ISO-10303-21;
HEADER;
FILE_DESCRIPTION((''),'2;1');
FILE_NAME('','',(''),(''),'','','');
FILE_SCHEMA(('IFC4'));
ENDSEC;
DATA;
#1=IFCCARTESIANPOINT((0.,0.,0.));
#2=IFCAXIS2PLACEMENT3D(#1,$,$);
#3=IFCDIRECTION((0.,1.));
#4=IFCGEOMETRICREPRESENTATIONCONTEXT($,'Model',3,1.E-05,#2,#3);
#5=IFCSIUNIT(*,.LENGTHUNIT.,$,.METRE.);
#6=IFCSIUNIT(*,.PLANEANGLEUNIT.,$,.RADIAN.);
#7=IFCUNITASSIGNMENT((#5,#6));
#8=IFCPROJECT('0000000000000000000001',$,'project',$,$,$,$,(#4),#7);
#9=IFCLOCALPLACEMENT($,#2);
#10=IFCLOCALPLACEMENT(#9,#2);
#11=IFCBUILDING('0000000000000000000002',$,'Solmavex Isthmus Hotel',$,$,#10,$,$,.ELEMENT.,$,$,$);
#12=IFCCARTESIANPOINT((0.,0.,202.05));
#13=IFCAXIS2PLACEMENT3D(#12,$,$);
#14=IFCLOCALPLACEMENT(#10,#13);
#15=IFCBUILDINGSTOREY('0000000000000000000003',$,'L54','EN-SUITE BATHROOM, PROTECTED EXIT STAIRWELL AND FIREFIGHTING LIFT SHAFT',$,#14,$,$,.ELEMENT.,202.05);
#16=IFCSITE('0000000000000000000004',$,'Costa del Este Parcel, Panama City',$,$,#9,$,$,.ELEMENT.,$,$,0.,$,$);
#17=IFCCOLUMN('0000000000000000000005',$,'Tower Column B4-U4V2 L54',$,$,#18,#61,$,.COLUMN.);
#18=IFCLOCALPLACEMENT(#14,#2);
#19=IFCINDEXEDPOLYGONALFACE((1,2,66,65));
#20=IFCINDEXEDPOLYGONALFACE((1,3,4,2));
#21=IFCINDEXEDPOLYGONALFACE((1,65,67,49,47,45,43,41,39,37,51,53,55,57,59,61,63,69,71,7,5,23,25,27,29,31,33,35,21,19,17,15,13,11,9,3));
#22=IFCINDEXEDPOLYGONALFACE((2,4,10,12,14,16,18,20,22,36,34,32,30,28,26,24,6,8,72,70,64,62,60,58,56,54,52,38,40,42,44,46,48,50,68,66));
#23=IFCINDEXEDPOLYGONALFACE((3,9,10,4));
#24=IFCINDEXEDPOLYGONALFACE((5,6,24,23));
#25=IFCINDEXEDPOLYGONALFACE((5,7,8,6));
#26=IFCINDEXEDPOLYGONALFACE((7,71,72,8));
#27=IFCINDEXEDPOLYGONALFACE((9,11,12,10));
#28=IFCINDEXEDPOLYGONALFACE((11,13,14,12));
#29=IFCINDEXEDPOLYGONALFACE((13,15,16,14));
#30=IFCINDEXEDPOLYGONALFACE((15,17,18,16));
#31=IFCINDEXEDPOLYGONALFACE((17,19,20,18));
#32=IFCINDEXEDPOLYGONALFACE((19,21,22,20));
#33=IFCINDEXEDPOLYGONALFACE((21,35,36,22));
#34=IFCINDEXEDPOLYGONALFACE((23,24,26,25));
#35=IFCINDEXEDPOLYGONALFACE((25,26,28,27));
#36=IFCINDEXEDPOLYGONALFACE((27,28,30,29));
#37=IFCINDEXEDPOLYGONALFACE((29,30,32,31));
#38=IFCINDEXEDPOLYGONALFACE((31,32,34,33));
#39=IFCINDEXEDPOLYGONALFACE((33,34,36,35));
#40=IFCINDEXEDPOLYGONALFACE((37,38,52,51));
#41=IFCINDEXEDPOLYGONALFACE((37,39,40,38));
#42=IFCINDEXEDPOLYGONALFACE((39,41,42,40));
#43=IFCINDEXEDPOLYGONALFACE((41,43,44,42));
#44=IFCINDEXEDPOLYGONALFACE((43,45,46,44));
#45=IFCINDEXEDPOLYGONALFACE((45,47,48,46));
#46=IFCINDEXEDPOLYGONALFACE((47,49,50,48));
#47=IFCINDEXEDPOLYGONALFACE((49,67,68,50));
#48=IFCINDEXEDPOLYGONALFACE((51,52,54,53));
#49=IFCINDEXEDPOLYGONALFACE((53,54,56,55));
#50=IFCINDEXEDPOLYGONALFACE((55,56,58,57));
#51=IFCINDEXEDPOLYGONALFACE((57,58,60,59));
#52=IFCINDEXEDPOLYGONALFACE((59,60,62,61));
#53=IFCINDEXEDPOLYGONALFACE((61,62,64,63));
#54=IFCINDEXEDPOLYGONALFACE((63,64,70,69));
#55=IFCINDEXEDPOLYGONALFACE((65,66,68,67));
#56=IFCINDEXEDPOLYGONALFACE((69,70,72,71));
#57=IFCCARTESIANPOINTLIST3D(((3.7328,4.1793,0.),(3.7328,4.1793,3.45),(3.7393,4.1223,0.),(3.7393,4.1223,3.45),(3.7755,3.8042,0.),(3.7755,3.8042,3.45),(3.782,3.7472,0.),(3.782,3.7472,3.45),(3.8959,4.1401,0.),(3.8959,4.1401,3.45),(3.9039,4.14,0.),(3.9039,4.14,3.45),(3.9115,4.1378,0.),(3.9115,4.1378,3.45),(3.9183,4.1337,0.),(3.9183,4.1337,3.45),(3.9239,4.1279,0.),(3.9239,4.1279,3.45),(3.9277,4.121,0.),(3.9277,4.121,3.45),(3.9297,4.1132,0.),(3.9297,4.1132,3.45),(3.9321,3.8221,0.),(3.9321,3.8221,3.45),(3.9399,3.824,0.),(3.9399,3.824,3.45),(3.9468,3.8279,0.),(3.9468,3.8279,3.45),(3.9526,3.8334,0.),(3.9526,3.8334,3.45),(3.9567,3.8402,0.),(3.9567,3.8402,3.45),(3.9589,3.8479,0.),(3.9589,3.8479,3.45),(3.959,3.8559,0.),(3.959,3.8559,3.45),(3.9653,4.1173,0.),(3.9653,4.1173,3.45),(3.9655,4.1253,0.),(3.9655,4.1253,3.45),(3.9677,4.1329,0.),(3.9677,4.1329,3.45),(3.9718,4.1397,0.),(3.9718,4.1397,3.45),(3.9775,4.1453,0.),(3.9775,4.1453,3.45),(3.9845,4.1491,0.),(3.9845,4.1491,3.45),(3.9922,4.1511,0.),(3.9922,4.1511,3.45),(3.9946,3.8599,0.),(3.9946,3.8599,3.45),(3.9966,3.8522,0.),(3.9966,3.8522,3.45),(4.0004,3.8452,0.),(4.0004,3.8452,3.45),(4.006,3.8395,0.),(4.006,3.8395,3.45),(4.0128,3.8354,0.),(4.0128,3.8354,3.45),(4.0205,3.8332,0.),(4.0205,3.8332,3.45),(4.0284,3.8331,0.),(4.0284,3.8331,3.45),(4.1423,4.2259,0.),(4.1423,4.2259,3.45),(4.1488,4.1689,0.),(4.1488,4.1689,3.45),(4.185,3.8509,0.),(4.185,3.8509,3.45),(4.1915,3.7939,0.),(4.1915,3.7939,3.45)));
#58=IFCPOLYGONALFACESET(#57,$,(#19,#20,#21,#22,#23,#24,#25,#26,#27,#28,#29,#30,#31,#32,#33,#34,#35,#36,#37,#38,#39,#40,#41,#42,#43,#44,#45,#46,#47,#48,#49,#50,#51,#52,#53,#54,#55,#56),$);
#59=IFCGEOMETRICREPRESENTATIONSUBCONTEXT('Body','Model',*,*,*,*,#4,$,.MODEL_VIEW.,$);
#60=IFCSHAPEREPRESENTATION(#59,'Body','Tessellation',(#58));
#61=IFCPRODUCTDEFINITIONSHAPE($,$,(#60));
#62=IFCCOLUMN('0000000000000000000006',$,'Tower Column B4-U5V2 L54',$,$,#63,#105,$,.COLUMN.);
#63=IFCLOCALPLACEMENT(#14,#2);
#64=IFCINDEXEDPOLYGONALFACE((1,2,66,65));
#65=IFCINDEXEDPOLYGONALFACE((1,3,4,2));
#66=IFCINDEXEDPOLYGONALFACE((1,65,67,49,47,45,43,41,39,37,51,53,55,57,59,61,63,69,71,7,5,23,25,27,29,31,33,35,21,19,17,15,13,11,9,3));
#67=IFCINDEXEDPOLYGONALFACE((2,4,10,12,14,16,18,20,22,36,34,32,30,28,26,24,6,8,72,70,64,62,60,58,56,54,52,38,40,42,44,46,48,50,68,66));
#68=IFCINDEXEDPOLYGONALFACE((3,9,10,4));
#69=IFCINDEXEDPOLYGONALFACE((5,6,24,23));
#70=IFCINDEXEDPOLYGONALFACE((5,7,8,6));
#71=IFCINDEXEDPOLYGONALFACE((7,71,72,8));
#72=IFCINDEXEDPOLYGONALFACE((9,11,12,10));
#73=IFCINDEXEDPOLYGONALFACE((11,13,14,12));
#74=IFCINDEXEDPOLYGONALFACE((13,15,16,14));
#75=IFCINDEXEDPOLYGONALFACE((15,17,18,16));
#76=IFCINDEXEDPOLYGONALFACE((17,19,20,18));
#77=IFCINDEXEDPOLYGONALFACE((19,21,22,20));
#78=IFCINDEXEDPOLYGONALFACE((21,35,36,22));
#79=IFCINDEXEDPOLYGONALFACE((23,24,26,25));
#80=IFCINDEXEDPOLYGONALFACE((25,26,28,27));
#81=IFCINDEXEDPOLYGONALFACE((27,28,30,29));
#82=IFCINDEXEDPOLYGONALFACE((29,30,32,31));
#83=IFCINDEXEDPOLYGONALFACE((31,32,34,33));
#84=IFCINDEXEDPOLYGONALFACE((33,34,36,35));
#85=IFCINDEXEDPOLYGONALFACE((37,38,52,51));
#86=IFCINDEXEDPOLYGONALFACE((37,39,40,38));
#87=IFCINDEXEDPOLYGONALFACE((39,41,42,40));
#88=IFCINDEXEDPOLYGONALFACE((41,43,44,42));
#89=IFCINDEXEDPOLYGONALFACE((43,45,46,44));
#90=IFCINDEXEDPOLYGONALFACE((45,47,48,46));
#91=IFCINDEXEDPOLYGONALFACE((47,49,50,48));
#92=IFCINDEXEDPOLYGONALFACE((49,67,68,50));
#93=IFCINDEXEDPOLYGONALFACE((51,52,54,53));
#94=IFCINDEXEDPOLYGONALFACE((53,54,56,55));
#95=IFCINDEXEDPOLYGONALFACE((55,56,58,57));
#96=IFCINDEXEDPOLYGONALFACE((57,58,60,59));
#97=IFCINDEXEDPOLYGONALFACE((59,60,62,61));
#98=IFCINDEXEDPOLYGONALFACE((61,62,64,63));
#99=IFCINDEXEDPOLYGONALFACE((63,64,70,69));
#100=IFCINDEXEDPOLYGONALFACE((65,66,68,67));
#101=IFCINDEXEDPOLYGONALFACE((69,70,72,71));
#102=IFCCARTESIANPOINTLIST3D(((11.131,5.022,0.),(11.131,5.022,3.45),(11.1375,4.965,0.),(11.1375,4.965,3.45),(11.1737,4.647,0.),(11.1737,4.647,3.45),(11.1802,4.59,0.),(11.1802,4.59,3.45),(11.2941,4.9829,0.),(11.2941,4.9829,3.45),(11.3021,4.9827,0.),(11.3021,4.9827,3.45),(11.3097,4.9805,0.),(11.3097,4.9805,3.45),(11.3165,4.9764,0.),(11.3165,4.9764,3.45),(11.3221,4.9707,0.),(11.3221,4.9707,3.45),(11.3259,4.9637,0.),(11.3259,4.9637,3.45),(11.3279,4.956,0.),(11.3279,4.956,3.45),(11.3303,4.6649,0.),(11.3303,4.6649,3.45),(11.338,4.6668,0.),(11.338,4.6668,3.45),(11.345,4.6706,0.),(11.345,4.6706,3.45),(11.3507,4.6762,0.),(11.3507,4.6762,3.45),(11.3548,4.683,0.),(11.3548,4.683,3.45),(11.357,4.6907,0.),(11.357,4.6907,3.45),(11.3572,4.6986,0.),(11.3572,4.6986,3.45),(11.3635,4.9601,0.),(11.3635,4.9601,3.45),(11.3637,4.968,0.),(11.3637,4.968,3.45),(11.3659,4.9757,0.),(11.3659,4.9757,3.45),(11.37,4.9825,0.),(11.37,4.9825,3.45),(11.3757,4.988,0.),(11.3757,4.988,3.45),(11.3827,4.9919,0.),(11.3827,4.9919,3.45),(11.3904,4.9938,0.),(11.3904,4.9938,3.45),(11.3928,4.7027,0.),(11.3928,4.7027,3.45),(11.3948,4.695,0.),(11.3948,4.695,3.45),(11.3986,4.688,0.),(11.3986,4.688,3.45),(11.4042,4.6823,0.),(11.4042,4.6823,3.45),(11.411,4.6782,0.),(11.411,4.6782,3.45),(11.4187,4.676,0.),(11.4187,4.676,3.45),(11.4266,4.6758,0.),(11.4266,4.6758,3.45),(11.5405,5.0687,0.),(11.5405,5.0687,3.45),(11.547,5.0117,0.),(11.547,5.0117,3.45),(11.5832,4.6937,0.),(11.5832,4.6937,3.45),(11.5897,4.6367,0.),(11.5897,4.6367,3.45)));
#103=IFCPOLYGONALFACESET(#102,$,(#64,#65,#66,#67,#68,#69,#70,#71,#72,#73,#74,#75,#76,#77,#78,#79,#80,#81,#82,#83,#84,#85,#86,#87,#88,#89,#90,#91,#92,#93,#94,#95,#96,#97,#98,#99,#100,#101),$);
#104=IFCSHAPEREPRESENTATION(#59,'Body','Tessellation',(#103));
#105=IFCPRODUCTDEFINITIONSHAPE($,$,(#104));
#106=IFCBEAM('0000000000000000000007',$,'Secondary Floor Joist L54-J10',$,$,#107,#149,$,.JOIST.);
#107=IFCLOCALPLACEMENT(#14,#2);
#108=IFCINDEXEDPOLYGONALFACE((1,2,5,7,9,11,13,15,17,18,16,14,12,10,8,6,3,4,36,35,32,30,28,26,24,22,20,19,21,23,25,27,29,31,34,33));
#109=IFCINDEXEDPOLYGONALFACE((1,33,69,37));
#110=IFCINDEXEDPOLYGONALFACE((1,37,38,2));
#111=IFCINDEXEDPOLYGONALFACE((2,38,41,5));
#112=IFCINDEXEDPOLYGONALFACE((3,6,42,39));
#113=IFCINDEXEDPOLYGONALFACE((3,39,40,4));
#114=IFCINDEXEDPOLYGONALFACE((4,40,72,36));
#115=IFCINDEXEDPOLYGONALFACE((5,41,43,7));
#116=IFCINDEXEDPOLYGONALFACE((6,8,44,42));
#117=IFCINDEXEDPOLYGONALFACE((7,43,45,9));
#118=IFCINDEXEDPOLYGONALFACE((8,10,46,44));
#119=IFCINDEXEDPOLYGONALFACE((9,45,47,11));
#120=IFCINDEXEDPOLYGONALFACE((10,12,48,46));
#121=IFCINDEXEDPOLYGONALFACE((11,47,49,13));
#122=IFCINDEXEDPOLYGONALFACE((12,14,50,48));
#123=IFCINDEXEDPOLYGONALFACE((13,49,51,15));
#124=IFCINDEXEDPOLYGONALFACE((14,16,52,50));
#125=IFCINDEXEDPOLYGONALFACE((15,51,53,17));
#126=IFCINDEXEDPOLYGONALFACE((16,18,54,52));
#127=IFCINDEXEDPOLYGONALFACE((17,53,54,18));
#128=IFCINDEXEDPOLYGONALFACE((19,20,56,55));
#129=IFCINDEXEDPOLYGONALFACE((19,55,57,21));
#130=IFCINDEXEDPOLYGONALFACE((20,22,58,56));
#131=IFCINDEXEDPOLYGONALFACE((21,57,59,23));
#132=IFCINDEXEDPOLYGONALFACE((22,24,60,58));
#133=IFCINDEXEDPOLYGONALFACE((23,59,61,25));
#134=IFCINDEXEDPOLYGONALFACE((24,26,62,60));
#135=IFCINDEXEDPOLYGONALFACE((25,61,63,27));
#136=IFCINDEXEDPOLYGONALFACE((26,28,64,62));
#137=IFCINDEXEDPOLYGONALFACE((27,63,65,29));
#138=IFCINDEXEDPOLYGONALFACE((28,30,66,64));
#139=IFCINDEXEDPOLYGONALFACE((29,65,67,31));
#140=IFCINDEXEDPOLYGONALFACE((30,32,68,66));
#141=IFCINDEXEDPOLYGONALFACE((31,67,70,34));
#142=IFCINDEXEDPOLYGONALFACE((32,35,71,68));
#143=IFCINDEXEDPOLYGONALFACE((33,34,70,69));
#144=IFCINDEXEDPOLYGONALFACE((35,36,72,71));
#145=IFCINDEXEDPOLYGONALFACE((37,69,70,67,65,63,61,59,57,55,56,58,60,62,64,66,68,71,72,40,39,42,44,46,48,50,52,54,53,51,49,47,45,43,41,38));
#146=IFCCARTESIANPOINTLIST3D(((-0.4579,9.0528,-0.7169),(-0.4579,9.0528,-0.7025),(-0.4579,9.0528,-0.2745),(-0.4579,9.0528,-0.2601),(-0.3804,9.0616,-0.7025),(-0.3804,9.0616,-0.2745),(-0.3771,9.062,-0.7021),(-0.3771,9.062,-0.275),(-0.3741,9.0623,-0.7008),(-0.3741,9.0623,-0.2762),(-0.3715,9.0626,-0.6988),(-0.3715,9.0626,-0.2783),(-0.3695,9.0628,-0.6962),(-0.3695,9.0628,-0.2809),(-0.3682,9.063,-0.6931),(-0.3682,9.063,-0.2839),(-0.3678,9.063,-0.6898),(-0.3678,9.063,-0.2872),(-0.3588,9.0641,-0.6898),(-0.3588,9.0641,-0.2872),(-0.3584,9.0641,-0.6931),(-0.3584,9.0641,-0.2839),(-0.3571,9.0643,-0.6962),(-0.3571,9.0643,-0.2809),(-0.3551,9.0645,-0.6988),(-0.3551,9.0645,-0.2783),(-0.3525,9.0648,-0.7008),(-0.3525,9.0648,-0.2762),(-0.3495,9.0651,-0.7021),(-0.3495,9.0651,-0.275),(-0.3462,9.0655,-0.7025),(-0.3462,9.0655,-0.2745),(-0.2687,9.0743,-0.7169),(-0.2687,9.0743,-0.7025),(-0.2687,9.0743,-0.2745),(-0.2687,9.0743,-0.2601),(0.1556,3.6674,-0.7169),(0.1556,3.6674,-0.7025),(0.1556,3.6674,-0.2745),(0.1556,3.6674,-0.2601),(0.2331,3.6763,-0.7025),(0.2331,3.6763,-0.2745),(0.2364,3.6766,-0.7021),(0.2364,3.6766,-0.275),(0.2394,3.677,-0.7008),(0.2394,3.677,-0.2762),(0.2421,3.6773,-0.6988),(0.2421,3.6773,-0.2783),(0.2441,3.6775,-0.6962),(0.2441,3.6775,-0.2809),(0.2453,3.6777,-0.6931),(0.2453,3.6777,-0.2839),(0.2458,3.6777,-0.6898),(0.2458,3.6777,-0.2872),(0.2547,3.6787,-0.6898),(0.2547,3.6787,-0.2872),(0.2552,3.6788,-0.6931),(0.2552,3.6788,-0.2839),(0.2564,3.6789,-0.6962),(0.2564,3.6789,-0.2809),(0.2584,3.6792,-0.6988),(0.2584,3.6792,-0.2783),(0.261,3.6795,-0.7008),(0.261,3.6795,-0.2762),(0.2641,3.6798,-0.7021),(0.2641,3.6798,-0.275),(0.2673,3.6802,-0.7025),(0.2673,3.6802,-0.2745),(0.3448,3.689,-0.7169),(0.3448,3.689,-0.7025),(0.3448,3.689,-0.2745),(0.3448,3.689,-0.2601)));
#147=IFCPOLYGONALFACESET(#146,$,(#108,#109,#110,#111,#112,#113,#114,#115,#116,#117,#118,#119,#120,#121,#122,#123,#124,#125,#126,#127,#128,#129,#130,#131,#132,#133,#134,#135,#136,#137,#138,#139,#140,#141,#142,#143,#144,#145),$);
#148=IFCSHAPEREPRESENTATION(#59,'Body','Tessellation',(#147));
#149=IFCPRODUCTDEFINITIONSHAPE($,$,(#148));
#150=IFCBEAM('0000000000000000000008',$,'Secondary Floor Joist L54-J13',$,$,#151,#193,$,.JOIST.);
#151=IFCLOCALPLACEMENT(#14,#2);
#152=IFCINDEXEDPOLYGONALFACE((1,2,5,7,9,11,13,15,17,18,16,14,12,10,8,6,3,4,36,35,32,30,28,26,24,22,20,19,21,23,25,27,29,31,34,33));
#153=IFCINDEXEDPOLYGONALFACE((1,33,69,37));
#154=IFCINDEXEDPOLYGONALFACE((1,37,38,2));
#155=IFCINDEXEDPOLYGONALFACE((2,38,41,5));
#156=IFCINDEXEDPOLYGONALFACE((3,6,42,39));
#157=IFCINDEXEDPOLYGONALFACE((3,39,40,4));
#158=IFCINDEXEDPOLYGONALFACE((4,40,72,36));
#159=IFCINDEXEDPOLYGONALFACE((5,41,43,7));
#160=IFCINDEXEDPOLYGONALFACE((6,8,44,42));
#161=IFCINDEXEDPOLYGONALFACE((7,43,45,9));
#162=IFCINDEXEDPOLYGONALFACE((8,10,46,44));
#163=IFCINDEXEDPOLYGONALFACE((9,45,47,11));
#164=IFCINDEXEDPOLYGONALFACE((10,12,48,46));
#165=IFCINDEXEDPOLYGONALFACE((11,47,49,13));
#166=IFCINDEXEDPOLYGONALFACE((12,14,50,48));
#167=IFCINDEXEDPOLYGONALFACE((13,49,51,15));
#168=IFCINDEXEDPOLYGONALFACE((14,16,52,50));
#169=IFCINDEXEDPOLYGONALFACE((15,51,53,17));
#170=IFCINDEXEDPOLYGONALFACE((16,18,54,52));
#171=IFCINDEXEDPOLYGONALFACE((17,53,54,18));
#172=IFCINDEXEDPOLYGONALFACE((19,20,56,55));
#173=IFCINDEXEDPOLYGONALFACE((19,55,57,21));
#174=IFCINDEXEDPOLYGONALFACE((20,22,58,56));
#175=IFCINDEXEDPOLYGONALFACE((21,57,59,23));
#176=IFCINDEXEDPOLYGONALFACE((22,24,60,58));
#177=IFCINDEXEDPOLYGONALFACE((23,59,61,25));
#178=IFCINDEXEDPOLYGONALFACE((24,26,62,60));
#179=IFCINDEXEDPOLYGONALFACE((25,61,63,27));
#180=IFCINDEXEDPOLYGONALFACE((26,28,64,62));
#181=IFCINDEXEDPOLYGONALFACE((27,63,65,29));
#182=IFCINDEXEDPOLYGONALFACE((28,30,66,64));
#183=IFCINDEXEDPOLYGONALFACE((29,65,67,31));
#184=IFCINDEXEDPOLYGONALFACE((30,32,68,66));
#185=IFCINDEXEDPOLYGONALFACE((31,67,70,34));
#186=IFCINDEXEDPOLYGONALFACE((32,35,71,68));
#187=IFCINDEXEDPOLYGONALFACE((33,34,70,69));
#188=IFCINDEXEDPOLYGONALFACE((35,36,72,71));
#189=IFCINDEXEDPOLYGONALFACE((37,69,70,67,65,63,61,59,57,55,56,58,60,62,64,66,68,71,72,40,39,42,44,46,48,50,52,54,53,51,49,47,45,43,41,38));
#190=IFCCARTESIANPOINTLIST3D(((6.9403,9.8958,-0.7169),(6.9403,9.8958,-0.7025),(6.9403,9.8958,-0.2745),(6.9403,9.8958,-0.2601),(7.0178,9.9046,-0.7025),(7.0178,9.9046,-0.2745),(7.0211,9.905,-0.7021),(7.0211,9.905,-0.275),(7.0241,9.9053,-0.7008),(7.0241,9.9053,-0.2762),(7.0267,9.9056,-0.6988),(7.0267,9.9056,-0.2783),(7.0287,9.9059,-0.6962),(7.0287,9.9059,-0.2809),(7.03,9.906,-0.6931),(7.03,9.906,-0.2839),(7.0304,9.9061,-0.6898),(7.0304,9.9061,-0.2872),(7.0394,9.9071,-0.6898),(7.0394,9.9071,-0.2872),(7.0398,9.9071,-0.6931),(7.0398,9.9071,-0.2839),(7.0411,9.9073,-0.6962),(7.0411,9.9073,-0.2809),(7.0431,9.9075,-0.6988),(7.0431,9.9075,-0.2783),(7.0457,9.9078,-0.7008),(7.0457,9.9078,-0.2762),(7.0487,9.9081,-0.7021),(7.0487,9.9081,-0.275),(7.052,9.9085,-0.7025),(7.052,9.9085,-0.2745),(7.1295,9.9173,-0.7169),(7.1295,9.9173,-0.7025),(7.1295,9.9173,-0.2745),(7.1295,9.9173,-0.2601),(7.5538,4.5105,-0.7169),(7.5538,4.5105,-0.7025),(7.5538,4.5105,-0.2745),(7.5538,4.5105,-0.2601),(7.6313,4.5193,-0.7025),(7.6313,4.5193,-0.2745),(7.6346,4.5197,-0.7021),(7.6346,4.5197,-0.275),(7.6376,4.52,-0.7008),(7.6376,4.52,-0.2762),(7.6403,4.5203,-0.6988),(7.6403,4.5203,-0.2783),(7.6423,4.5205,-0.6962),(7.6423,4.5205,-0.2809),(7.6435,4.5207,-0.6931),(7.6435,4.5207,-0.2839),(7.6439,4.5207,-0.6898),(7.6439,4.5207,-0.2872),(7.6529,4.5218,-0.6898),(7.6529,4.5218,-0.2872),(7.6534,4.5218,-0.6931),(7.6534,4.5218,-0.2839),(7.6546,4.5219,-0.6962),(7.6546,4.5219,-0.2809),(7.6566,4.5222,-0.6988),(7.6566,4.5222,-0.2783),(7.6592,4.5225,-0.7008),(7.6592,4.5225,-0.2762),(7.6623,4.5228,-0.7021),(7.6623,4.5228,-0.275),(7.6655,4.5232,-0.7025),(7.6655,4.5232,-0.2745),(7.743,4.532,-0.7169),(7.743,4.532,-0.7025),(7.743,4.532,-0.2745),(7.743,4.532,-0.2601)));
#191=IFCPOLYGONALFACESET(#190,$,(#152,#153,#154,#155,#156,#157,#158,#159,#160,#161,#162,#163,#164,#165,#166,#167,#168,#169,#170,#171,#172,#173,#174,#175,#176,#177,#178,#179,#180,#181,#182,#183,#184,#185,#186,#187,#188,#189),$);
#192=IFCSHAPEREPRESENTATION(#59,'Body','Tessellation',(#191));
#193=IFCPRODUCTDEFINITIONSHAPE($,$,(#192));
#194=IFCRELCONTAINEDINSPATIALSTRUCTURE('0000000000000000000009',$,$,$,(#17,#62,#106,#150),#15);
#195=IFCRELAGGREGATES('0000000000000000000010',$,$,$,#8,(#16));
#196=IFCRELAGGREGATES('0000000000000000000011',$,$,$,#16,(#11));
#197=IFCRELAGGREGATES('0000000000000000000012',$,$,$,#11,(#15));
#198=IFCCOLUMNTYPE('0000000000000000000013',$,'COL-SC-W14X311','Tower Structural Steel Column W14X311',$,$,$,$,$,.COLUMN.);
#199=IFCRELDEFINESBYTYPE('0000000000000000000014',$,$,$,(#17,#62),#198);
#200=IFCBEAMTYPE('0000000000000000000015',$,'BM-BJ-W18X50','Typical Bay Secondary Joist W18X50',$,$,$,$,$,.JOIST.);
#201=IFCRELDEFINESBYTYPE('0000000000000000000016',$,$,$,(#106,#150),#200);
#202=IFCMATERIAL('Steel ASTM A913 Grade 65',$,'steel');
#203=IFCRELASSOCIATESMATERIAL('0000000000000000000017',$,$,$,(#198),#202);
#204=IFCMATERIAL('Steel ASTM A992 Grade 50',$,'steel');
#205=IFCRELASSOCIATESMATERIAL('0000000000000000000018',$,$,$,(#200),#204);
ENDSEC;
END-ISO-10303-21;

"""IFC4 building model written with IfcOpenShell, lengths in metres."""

from ifc_helpers import new_model, si_unit, direction, frame, origin, origin_2d, place, context, subcontext, project, spatial, i_section, extrude, material, material_profile, profile_set, type_object, element, save


model = new_model("IFC4")

# Units and contexts
model_context = context("Model", 3, precision=1e-05, world=origin(), true_north=direction((0.0, 1.0)))
body_context = subcontext(model_context, "Body", "Model", "MODEL_VIEW")
ifc_project = project(units=[si_unit("LENGTHUNIT", "METRE"), si_unit("PLANEANGLEUNIT", "RADIAN")], contexts=[model_context])

# Site, building, storey
site_placement = place(None, origin())
site = spatial("IfcSite", under=ifc_project, at=site_placement, Name="Costa del Este Parcel, Panama City", CompositionType="ELEMENT", RefElevation=0.0)
building_placement = place(site_placement, origin())
building = spatial("IfcBuilding", under=site, at=building_placement, Name="Solmavex Isthmus Hotel", CompositionType="ELEMENT")
storey_placement = place(building_placement, frame((0.0, 0.0, 202.05)))
storey = spatial("IfcBuildingStorey", under=building, at=storey_placement, Name="L54", Description="EN-SUITE BATHROOM, PROTECTED EXIT STAIRWELL AND FIREFIGHTING LIFT SHAFT", CompositionType="ELEMENT", Elevation=202.05)

# Columns
ifc_material_1 = material(Name="Steel ASTM A913 Grade 65", Category="steel")
ifc_material_profile_1 = material_profile(ifc_material_1, i_section(OverallWidth=0.4121, OverallDepth=0.4348, WebThickness=0.0359, FlangeThickness=0.0574, FilletRadius=0.0305, at=origin_2d()), Name="W14X311")
ifc_profile_set_1 = profile_set([ifc_material_profile_1], Name="Steel ASTM A913 Grade 65")
column_type = type_object("IfcColumnType", Name="COL-SC-W14X311", Description="Tower Structural Steel Column W14X311", PredefinedType="COLUMN", material=ifc_profile_set_1)
for number, where, z_axis, x_axis, name in (
    (1, (3.9622, 3.9866, 0.0), (0.0, 0.0, 1.0), (0.993572, 0.113203, 0.0), "Tower Column B4-U4V2 L54"),
    (2, (11.3604, 4.8293, 0.0), (0.0, 0.0, 1.0), (0.993572, 0.113203, 0.0), "Tower Column B4-U5V2 L54"),
):
    element("IfcColumn", number, at=place(storey_placement, frame(where, z_axis=z_axis, x_axis=x_axis)), inside=storey, type_object=column_type, Name=name, PredefinedType="COLUMN", context=body_context, shape_type="SweptSolid", body=[
        extrude(i_section(OverallWidth=0.4121, OverallDepth=0.4348, WebThickness=0.0359, FlangeThickness=0.0574, FilletRadius=0.0305, at=origin_2d()), origin(), (0.0, 0.0, 1.0), 3.45),
    ])

# Beams
ifc_material_2 = material(Name="Steel ASTM A992 Grade 50", Category="steel")
ifc_material_profile_2 = material_profile(ifc_material_2, i_section(OverallWidth=0.1904, OverallDepth=0.4568, WebThickness=0.009, FlangeThickness=0.0144, FilletRadius=0.0127, at=origin_2d()), Name="W18X50")
ifc_profile_set_2 = profile_set([ifc_material_profile_2], Name="Steel ASTM A992 Grade 50")
beam_type_1 = type_object("IfcBeamType", Name="BM-BJ-W18X50", Description="Typical Bay Secondary Joist W18X50", PredefinedType="JOIST", material=ifc_profile_set_2)
for number, where, z_axis, x_axis, name in (
    (3, (0.2502, 3.6782, -0.4885), (-0.113195, 0.993573, 0.0), (-0.993573, -0.113195, 0.0), "Secondary Floor Joist L54-J10"),
    (4, (7.6484, 4.5212, -0.4885), (-0.113195, 0.993573, 0.0), (-0.993573, -0.113195, 0.0), "Secondary Floor Joist L54-J13"),
):
    element("IfcBeam", number, at=place(storey_placement, frame(where, z_axis=z_axis, x_axis=x_axis)), inside=storey, type_object=beam_type_1, Name=name, PredefinedType="JOIST", context=body_context, shape_type="SweptSolid", body=[
        extrude(i_section(OverallWidth=0.1904, OverallDepth=0.4568, WebThickness=0.009, FlangeThickness=0.0144, FilletRadius=0.0127, at=origin_2d()), origin(), (0.0, 0.0, 1.0), 5.4202),
    ])

save(model, "model.ifc")
